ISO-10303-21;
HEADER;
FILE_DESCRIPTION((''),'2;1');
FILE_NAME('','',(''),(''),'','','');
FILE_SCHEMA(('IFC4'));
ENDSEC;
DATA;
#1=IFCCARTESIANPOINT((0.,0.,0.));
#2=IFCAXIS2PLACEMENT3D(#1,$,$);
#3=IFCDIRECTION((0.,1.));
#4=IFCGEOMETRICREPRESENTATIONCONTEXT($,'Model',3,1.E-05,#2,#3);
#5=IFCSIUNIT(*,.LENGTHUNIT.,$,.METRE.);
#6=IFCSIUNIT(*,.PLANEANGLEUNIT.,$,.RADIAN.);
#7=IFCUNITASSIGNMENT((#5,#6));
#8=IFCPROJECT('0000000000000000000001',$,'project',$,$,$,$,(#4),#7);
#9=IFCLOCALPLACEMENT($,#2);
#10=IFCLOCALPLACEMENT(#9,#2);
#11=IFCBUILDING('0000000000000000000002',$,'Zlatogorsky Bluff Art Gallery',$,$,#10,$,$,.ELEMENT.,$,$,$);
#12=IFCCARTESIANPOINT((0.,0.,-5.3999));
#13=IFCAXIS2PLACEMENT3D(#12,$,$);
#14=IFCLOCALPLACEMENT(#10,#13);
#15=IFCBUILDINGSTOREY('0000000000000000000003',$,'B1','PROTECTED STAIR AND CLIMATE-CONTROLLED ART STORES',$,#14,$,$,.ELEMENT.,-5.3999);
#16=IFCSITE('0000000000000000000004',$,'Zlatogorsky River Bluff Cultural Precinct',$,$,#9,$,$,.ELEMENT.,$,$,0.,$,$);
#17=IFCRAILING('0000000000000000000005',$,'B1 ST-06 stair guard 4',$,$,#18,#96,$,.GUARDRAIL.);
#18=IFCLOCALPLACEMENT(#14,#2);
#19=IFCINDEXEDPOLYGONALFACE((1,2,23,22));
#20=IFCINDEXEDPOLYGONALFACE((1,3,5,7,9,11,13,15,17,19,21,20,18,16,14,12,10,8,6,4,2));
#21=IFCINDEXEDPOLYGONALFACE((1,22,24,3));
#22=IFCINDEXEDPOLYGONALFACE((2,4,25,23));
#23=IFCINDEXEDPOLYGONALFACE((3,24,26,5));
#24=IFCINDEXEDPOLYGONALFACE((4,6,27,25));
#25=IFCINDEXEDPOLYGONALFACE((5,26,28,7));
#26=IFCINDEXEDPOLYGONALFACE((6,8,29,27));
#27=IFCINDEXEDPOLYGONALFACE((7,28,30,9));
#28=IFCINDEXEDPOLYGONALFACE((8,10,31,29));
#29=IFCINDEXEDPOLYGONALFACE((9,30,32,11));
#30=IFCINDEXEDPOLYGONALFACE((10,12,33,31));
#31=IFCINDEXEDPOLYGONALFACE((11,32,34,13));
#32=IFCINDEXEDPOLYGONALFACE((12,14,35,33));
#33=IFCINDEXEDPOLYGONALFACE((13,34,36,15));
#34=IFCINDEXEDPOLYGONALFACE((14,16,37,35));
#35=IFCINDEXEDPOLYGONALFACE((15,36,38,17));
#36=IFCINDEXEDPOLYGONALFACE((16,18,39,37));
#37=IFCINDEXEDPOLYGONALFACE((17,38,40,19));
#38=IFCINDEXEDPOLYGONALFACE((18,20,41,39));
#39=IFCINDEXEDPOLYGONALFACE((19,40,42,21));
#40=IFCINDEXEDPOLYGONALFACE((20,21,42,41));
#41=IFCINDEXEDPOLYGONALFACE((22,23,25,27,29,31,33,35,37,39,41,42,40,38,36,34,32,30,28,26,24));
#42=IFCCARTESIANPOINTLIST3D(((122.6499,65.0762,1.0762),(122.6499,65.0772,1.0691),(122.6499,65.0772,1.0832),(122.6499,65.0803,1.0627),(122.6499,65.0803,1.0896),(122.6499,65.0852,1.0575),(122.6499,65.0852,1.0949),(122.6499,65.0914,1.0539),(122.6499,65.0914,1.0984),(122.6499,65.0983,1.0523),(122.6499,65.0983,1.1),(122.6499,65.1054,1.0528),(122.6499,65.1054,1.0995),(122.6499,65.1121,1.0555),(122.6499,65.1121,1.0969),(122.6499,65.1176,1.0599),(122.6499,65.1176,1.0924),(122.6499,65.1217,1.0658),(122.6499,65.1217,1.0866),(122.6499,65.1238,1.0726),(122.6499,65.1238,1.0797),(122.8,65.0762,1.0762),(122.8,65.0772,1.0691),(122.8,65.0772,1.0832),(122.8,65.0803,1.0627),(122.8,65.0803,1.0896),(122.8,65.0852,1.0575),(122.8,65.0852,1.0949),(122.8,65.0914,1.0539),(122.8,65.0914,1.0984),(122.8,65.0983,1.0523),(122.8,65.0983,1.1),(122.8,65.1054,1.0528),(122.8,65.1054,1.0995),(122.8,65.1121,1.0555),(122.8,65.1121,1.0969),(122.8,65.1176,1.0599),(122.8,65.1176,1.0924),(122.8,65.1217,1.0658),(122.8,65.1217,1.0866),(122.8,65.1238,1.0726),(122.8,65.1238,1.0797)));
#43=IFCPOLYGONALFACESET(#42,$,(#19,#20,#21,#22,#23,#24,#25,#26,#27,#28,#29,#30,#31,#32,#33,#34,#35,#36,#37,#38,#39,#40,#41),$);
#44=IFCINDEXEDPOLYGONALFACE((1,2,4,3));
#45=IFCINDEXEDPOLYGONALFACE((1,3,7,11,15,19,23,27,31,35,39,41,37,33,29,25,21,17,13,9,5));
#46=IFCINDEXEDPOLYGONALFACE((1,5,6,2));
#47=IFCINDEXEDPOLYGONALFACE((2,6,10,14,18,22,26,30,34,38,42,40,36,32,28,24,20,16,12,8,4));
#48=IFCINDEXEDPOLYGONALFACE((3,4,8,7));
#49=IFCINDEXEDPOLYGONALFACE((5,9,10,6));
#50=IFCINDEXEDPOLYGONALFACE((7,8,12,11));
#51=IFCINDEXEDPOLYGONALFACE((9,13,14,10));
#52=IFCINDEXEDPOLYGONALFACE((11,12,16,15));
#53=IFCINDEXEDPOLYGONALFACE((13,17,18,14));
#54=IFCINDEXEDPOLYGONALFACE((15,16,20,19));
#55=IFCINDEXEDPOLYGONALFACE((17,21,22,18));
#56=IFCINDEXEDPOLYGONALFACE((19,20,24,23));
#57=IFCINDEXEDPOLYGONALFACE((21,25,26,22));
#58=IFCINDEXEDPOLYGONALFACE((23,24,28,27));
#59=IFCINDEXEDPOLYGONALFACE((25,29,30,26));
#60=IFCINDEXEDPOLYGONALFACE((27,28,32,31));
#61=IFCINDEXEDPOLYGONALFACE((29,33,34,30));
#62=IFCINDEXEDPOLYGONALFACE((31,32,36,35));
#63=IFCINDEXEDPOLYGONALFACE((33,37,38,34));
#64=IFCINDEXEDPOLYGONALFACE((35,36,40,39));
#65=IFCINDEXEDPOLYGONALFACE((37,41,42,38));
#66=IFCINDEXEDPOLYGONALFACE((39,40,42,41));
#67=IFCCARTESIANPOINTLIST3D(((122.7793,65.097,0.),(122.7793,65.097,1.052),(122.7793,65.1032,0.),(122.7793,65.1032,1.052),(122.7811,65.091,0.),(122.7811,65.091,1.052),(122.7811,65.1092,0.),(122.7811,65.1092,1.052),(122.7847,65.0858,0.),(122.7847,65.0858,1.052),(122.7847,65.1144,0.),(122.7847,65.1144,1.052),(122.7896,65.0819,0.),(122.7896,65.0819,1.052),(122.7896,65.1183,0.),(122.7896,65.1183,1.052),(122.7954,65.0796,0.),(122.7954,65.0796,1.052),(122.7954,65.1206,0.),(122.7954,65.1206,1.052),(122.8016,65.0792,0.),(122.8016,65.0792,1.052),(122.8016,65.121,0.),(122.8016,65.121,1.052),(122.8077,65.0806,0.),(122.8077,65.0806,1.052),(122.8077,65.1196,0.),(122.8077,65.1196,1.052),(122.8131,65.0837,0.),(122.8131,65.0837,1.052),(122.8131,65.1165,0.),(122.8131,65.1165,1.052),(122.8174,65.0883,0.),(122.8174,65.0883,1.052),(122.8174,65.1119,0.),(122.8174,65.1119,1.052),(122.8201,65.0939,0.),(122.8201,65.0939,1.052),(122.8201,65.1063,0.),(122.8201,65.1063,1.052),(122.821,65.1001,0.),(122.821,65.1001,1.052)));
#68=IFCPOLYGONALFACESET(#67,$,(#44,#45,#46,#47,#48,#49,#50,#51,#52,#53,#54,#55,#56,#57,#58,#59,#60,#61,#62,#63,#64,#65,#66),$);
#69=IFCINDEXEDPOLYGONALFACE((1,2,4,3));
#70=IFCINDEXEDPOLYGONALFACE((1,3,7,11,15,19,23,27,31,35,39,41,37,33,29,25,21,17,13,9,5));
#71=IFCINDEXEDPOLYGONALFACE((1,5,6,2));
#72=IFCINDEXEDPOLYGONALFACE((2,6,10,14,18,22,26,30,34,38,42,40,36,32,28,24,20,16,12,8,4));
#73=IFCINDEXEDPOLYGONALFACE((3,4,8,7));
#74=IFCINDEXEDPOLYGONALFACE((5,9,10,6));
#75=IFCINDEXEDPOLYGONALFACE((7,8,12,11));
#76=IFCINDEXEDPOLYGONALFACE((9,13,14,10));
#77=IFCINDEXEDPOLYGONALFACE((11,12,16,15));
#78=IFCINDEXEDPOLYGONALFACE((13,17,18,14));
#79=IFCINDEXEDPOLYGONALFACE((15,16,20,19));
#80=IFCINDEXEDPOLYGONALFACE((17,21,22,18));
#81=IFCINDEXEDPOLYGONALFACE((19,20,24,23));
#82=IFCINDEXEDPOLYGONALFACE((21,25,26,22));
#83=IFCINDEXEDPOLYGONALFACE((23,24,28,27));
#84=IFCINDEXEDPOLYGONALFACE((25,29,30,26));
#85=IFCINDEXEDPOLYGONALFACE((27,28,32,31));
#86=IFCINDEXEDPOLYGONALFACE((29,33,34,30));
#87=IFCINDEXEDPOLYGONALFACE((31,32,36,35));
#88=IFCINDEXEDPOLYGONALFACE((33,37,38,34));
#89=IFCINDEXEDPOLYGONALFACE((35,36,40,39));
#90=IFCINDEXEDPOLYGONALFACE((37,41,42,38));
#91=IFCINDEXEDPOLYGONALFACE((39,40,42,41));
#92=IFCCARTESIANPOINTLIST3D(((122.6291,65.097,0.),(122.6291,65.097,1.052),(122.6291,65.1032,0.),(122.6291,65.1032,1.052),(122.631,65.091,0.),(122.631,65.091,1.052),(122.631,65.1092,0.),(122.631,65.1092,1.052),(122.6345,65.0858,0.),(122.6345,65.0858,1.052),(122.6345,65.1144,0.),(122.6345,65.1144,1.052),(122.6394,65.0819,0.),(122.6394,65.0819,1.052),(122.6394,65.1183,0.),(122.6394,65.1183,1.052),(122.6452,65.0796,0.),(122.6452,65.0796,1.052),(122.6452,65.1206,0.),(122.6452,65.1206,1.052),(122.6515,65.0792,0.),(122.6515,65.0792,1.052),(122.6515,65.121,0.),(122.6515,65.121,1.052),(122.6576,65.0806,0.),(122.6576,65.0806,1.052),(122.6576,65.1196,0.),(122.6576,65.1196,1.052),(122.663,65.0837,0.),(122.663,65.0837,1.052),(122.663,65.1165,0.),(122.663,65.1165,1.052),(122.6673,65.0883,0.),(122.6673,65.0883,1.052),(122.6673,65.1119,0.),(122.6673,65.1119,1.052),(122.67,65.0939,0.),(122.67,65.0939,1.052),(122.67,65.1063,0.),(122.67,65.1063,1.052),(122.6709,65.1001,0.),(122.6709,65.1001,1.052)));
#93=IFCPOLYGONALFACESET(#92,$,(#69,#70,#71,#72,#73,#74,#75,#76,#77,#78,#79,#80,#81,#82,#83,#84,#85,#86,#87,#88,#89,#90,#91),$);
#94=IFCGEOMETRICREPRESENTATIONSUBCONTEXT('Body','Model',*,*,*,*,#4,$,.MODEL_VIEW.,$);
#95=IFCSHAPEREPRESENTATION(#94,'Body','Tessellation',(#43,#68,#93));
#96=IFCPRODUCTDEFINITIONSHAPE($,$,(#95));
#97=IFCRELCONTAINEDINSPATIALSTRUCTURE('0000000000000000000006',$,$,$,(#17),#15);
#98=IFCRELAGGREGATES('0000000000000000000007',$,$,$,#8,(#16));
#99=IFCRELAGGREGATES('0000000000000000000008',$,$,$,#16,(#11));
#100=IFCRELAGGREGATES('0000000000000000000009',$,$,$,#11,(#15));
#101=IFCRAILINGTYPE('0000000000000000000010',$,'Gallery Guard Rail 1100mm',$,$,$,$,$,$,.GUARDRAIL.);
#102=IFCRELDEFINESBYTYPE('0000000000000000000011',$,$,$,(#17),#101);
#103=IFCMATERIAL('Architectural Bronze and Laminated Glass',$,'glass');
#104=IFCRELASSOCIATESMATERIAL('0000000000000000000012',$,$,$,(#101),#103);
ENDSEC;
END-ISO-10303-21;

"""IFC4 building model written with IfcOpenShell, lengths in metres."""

from ifc_helpers import new_model, si_unit, direction, frame, origin, origin_2d, place, context, subcontext, project, spatial, circle, extrude, material, type_object, element, save


model = new_model("IFC4")

# Units and contexts
model_context = context("Model", 3, precision=1e-05, world=origin(), true_north=direction((0.0, 1.0)))
body_context = subcontext(model_context, "Body", "Model", "MODEL_VIEW")
ifc_project = project(units=[si_unit("LENGTHUNIT", "METRE"), si_unit("PLANEANGLEUNIT", "RADIAN")], contexts=[model_context])

# Site, building, storey
site_placement = place(None, origin())
site = spatial("IfcSite", under=ifc_project, at=site_placement, Name="Zlatogorsky River Bluff Cultural Precinct", CompositionType="ELEMENT", RefElevation=0.0)
building_placement = place(site_placement, origin())
building = spatial("IfcBuilding", under=site, at=building_placement, Name="Zlatogorsky Bluff Art Gallery", CompositionType="ELEMENT")
storey_placement = place(building_placement, frame((0.0, 0.0, -5.3999)))
storey = spatial("IfcBuildingStorey", under=building, at=storey_placement, Name="B1", Description="PROTECTED STAIR AND CLIMATE-CONTROLLED ART STORES", CompositionType="ELEMENT", Elevation=-5.3999)

# Railing
ifc_material_1 = material(Name="Architectural Bronze and Laminated Glass", Category="glass")
railing_type_1 = type_object("IfcRailingType", Name="Gallery Guard Rail 1100mm", PredefinedType="GUARDRAIL", material=ifc_material_1)
railing_1_placement = place(storey_placement, frame((122.8, 65.1001, 0.0)))
element("IfcRailing", 1, at=railing_1_placement, inside=storey, type_object=railing_type_1, Name="B1 ST-06 stair guard 4", PredefinedType="GUARDRAIL", context=body_context, shape_type="SweptSolid", body=[
    extrude(circle(Radius=0.0239, at=origin_2d()), frame((0.0, 0.0, 1.0762), z_axis=(-1.0, 0.0, 0.0), x_axis=(0.0, -1.0, 0.0)), (0.0, 0.0, 1.0), 0.1501),
    extrude(circle(Radius=0.021, at=origin_2d()), origin(), (0.0, 0.0, 1.0), 1.052),
    extrude(circle(Radius=0.021, at=origin_2d()), frame((-0.1501, 0.0, 0.0)), (0.0, 0.0, 1.0), 1.052),
])

save(model, "model.ifc")
